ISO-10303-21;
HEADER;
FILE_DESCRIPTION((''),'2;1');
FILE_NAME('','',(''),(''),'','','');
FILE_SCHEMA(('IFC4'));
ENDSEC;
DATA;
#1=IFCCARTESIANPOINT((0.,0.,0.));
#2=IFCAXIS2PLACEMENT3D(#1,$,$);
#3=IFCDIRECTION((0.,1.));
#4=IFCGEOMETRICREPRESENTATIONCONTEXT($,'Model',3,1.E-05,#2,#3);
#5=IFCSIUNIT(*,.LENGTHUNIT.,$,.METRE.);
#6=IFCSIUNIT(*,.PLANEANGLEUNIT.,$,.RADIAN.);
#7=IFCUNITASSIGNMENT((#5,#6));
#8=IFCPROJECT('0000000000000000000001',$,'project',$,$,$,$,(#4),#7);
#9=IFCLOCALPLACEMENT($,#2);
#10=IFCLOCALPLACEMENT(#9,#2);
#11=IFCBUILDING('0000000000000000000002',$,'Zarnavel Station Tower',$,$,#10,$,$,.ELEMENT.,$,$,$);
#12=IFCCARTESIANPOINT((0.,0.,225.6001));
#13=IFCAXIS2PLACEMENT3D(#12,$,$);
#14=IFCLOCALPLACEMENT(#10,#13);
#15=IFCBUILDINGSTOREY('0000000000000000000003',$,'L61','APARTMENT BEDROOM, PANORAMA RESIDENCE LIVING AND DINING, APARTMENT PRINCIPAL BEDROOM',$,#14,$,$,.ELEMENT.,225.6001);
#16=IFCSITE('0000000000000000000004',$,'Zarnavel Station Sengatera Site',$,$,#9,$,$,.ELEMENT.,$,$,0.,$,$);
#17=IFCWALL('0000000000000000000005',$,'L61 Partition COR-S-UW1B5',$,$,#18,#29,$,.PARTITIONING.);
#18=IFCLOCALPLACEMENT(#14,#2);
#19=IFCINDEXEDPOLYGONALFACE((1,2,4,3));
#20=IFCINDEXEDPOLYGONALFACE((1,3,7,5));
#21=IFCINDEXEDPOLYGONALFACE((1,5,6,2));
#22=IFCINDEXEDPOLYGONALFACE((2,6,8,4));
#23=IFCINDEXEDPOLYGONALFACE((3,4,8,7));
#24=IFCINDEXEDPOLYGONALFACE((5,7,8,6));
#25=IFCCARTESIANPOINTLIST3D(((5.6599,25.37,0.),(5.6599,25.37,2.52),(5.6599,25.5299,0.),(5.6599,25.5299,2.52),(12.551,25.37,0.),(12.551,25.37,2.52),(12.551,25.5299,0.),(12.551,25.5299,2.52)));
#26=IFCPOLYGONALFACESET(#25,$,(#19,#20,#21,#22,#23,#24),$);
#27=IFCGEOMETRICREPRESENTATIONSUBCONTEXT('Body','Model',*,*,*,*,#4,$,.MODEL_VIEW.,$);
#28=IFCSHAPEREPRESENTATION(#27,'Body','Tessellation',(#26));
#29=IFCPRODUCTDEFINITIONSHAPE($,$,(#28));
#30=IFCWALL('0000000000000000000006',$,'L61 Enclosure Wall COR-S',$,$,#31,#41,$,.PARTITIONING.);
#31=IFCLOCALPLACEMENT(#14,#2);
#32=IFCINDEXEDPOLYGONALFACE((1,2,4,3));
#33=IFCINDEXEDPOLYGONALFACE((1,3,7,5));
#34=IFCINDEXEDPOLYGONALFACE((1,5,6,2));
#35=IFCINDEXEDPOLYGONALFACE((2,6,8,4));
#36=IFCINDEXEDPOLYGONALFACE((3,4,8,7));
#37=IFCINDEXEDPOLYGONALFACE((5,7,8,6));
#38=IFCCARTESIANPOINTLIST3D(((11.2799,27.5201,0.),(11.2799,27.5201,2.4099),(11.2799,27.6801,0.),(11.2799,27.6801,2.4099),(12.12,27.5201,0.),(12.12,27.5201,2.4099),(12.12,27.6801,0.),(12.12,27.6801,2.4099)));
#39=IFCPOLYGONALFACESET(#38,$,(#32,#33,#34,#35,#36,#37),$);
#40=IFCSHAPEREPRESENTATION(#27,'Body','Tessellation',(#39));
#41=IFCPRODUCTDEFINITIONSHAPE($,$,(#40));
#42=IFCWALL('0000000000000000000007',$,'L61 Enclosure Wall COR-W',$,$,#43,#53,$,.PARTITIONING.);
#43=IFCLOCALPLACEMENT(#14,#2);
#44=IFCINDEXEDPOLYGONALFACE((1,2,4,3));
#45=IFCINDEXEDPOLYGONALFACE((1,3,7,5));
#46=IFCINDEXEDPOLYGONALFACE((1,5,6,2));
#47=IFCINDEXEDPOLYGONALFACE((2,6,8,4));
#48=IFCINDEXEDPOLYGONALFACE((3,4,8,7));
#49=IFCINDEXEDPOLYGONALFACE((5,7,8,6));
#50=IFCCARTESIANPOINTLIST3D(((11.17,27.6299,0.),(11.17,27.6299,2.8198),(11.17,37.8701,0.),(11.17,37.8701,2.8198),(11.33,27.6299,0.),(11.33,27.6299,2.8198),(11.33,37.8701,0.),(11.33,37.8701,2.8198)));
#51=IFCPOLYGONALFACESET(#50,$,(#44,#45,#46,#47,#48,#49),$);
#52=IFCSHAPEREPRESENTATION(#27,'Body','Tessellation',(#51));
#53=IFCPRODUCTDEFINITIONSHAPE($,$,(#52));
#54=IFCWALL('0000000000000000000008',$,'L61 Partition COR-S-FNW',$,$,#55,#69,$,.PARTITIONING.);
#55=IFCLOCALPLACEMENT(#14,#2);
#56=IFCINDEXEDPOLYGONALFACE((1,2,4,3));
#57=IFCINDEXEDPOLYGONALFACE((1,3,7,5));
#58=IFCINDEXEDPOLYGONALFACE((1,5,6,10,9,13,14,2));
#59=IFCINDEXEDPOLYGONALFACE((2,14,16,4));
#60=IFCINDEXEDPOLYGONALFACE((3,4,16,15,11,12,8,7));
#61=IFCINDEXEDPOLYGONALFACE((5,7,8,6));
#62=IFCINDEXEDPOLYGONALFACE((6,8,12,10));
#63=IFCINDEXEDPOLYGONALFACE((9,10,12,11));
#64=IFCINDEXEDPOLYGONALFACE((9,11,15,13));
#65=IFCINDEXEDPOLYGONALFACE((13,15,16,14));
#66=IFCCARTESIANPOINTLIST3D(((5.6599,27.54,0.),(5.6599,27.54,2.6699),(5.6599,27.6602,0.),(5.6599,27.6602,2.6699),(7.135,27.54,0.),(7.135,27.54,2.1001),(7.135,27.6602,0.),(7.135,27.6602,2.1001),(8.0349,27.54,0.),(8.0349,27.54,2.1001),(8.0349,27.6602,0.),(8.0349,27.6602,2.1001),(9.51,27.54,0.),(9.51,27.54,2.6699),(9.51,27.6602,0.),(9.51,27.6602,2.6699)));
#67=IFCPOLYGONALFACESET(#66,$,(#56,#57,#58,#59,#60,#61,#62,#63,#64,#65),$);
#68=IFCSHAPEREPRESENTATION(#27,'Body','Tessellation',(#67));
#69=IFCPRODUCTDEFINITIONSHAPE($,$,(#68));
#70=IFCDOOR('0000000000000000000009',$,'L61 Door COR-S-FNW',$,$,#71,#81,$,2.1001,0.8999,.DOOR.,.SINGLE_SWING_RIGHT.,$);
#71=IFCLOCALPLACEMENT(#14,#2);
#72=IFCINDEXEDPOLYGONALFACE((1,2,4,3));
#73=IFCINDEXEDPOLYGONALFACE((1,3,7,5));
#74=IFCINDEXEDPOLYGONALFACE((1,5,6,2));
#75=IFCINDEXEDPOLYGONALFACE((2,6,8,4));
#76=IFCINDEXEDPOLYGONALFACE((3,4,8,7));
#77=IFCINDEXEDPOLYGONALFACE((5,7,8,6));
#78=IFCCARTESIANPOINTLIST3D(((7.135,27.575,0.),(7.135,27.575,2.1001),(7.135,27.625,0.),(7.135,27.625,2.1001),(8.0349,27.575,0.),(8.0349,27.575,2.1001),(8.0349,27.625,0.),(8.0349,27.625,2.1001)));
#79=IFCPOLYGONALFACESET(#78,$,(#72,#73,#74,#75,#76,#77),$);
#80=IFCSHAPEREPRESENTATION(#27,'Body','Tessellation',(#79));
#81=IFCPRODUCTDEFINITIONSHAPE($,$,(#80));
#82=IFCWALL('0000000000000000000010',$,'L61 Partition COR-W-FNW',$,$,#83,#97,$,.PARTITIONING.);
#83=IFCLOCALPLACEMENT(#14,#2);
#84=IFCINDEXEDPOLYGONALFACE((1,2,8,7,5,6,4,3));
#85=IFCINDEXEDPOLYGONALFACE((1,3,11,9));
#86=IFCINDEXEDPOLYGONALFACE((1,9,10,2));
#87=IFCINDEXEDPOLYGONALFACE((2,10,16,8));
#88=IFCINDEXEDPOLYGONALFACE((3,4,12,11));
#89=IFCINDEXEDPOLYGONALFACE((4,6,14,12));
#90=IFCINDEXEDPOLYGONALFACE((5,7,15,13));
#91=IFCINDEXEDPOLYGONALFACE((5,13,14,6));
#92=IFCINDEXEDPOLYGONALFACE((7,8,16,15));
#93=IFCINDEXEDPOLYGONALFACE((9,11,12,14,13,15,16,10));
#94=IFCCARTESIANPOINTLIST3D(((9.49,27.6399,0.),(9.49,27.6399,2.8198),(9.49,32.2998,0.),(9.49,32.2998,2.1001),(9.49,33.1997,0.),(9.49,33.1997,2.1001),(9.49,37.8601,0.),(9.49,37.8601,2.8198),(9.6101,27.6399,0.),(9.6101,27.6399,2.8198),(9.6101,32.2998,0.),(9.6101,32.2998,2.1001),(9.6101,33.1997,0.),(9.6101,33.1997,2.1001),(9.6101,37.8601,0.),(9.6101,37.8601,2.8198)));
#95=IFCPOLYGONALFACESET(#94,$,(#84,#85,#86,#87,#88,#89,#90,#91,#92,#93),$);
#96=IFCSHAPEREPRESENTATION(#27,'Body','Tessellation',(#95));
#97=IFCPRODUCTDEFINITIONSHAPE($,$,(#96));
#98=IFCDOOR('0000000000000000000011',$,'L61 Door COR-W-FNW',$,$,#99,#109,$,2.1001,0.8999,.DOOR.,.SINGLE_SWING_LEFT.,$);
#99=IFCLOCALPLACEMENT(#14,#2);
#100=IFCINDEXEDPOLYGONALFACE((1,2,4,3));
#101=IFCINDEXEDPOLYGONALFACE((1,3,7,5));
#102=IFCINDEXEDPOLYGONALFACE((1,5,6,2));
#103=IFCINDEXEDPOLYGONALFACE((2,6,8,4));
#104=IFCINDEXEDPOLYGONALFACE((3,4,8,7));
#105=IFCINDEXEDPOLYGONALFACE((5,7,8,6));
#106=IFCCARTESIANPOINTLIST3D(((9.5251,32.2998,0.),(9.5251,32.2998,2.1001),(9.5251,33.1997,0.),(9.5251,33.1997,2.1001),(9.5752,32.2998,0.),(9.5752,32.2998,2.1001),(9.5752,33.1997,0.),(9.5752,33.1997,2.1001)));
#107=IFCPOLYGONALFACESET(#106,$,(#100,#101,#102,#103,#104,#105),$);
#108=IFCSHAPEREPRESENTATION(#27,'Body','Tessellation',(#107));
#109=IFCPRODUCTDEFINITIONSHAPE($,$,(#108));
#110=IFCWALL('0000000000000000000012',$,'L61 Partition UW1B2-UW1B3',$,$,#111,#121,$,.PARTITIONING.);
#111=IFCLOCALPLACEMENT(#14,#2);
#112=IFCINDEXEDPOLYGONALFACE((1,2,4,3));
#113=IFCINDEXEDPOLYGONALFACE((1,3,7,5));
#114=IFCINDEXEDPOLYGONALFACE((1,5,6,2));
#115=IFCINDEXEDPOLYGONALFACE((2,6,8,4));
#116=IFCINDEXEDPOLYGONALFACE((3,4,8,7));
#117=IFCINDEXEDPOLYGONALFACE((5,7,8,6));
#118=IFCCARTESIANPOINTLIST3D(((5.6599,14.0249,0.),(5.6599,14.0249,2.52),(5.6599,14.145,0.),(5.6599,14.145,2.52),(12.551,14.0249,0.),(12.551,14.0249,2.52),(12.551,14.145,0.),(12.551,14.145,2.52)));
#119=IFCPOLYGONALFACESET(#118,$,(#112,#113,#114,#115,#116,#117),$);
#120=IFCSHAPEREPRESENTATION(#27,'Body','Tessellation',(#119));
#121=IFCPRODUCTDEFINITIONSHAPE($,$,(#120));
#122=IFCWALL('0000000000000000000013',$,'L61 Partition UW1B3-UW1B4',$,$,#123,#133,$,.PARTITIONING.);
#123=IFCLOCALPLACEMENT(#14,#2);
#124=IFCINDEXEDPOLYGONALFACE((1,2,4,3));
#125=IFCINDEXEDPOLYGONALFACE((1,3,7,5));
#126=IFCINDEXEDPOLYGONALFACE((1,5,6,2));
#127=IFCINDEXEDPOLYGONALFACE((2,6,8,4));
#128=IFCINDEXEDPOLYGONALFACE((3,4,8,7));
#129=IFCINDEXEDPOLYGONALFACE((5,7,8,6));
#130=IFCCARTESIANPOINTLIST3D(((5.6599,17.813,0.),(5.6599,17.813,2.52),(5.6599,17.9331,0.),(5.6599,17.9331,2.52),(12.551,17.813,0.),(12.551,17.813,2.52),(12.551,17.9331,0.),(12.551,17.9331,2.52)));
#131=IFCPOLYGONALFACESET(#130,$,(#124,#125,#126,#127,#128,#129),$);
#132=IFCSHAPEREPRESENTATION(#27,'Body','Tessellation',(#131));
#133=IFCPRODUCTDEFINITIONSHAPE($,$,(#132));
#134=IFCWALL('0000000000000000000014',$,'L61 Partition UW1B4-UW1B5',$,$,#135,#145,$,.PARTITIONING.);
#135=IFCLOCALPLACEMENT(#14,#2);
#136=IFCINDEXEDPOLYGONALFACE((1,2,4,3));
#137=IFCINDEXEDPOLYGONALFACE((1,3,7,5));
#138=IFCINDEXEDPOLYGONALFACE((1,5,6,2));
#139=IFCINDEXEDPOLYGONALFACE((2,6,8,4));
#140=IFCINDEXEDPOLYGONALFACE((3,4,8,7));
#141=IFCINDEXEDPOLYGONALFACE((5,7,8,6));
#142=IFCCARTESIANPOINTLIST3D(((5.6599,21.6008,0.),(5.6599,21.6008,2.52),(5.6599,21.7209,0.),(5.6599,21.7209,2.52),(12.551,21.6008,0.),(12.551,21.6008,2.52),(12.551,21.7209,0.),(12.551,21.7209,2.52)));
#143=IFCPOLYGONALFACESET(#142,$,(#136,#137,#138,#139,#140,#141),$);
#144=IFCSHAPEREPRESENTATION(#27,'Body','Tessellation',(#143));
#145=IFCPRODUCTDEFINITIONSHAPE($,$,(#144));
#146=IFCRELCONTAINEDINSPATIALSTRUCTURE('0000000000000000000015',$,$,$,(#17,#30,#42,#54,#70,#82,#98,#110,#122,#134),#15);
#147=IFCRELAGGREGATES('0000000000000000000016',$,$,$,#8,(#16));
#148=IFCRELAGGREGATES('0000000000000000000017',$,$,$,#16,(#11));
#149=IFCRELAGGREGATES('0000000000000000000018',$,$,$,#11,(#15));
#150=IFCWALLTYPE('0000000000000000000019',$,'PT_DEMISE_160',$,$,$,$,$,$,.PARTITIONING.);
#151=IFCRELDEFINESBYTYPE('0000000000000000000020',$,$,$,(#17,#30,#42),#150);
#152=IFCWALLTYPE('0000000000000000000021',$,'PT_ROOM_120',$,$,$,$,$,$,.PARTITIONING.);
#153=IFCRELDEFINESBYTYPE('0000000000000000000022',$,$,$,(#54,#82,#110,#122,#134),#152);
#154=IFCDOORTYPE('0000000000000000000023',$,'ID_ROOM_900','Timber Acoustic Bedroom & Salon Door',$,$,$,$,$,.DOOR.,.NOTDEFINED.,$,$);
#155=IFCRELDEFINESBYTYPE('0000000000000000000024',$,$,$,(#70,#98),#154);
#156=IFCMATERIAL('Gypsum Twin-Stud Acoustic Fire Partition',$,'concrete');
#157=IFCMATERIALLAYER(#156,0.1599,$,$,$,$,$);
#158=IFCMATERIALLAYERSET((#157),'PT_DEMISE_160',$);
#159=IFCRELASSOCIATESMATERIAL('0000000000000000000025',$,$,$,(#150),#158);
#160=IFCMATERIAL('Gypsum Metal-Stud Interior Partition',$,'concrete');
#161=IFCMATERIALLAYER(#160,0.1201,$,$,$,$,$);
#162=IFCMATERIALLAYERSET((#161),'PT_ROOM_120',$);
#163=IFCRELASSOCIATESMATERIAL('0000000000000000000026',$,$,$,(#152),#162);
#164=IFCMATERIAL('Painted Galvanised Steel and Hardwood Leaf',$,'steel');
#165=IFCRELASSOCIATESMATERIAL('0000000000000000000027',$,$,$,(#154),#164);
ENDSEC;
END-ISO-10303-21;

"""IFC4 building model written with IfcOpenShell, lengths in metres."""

from ifc_helpers import new_model, si_unit, direction, frame, frame_2d, origin, place, context, subcontext, project, spatial, rectangle, extrude, material, layer, layer_set, type_object, element, fill, save


model = new_model("IFC4")

# Units and contexts
model_context = context("Model", 3, precision=1e-05, world=origin(), true_north=direction((0.0, 1.0)))
body_context = subcontext(model_context, "Body", "Model", "MODEL_VIEW")
ifc_project = project(units=[si_unit("LENGTHUNIT", "METRE"), si_unit("PLANEANGLEUNIT", "RADIAN")], contexts=[model_context])

# Site, building, storey
site_placement = place(None, origin())
site = spatial("IfcSite", under=ifc_project, at=site_placement, Name="Zarnavel Station Sengatera Site", CompositionType="ELEMENT", RefElevation=0.0)
building_placement = place(site_placement, origin())
building = spatial("IfcBuilding", under=site, at=building_placement, Name="Zarnavel Station Tower", CompositionType="ELEMENT")
storey_placement = place(building_placement, frame((0.0, 0.0, 225.6001)))
storey = spatial("IfcBuildingStorey", under=building, at=storey_placement, Name="L61", Description="APARTMENT BEDROOM, PANORAMA RESIDENCE LIVING AND DINING, APARTMENT PRINCIPAL BEDROOM", CompositionType="ELEMENT", Elevation=225.6001)

# Walls
ifc_material_1 = material(Name="Gypsum Twin-Stud Acoustic Fire Partition", Category="concrete")
ifc_layer_1 = layer(ifc_material_1, 0.1599)
ifc_layer_set_1 = layer_set([ifc_layer_1], Name="PT_DEMISE_160")
wall_type_1 = type_object("IfcWallType", Name="PT_DEMISE_160", PredefinedType="PARTITIONING", material=ifc_layer_set_1)
wall_1_placement = place(storey_placement, frame((5.6599, 25.45, 0.0), z_axis=(0.0, 0.0, 1.0), x_axis=(1.0, 0.0, 0.0)))
element("IfcWall", 1, at=wall_1_placement, inside=storey, type_object=wall_type_1, Name="L61 Partition COR-S-UW1B5", PredefinedType="PARTITIONING", context=body_context, shape_type="SweptSolid", body=[
    extrude(rectangle(XDim=6.8911, YDim=0.1599, at=frame_2d((3.4456, 0.0))), origin(), (0.0, 0.0, 1.0), 2.52),
])
wall_2_placement = place(storey_placement, frame((11.28, 27.6001, 0.0), z_axis=(0.0, 0.0, 1.0), x_axis=(1.0, 0.0, 0.0)))
element("IfcWall", 2, at=wall_2_placement, inside=storey, type_object=wall_type_1, Name="L61 Enclosure Wall COR-S", PredefinedType="PARTITIONING", context=body_context, shape_type="SweptSolid", body=[
    extrude(rectangle(XDim=0.8401, YDim=0.1599, at=frame_2d((0.4199, 0.0))), origin(), (0.0, 0.0, 1.0), 2.4099),
])
wall_3_placement = place(storey_placement, frame((11.25, 27.6299, 0.0), z_axis=(0.0, 0.0, 1.0), x_axis=(0.0, 1.0, 0.0)))
element("IfcWall", 3, at=wall_3_placement, inside=storey, type_object=wall_type_1, Name="L61 Enclosure Wall COR-W", PredefinedType="PARTITIONING", context=body_context, shape_type="SweptSolid", body=[
    extrude(rectangle(XDim=10.2402, YDim=0.1599, at=frame_2d((5.1201, 0.0))), origin(), (0.0, 0.0, 1.0), 2.8198),
])

# Walls, openings, doors
ifc_material_2 = material(Name="Gypsum Metal-Stud Interior Partition", Category="concrete")
ifc_layer_2 = layer(ifc_material_2, 0.1201)
ifc_layer_set_2 = layer_set([ifc_layer_2], Name="PT_ROOM_120")
wall_type_2 = type_object("IfcWallType", Name="PT_ROOM_120", PredefinedType="PARTITIONING", material=ifc_layer_set_2)
wall_4_placement = place(storey_placement, frame((5.6599, 27.6001, 0.0), z_axis=(0.0, 0.0, 1.0), x_axis=(1.0, 0.0, 0.0)))
wall_4 = element("IfcWall", 4, at=wall_4_placement, inside=storey, type_object=wall_type_2, Name="L61 Partition COR-S-FNW", PredefinedType="PARTITIONING", context=body_context, shape_type="SweptSolid", body=[
    extrude(rectangle(XDim=3.8501, YDim=0.1201, at=frame_2d((1.925, 0.0))), origin(), (0.0, 0.0, 1.0), 2.6699),
])
opening_1_placement = place(wall_4_placement, frame((1.4751, 0.0, 0.0)))
opening_1 = element("IfcOpeningElement", 5, at=opening_1_placement, cuts=wall_4, PredefinedType="OPENING", context=body_context, shape_type="SweptSolid", body=[
    extrude(rectangle(XDim=0.8999, YDim=2.1001, at=frame_2d((0.45, 1.05))), frame((0.0, 0.0701, 0.0), z_axis=(0.0, -1.0, 0.0), x_axis=(1.0, 0.0, 0.0)), (0.0, 0.0, 1.0), 0.1401),
])
ifc_material_3 = material(Name="Painted Galvanised Steel and Hardwood Leaf", Category="steel")
door_type = type_object("IfcDoorType", Name="ID_ROOM_900", Description="Timber Acoustic Bedroom & Salon Door", OperationType="NOTDEFINED", PredefinedType="DOOR", material=ifc_material_3)
door_1_placement = place(opening_1_placement, origin())
door_1 = element("IfcDoor", 6, at=door_1_placement, inside=storey, type_object=door_type, Name="L61 Door COR-S-FNW", OperationType="SINGLE_SWING_RIGHT", OverallHeight=2.1001, OverallWidth=0.8999, PredefinedType="DOOR", context=body_context, shape_type="SweptSolid", body=[
    extrude(rectangle(XDim=0.8999, YDim=2.1001, at=frame_2d((0.45, 1.05))), frame((0.0, 0.0249, 0.0), z_axis=(0.0, -1.0, 0.0), x_axis=(1.0, 0.0, 0.0)), (0.0, 0.0, 1.0), 0.05),
])
fill(opening_1, door_1)
wall_5_placement = place(storey_placement, frame((9.55, 27.6399, 0.0), z_axis=(0.0, 0.0, 1.0), x_axis=(0.0, 1.0, 0.0)))
wall_5 = element("IfcWall", 7, at=wall_5_placement, inside=storey, type_object=wall_type_2, Name="L61 Partition COR-W-FNW", PredefinedType="PARTITIONING", context=body_context, shape_type="SweptSolid", body=[
    extrude(rectangle(XDim=10.2202, YDim=0.1201, at=frame_2d((5.1101, 0.0))), origin(), (0.0, 0.0, 1.0), 2.8198),
])
opening_2_placement = place(wall_5_placement, frame((4.6599, 0.0, 0.0)))
opening_2 = element("IfcOpeningElement", 8, at=opening_2_placement, cuts=wall_5, PredefinedType="OPENING", context=body_context, shape_type="SweptSolid", body=[
    extrude(rectangle(XDim=0.8999, YDim=2.1001, at=frame_2d((0.45, 1.05))), frame((0.0, 0.0701, 0.0), z_axis=(0.0, -1.0, 0.0), x_axis=(1.0, 0.0, 0.0)), (0.0, 0.0, 1.0), 0.1401),
])
door_2_placement = place(opening_2_placement, origin())
door_2 = element("IfcDoor", 9, at=door_2_placement, inside=storey, type_object=door_type, Name="L61 Door COR-W-FNW", OperationType="SINGLE_SWING_LEFT", OverallHeight=2.1001, OverallWidth=0.8999, PredefinedType="DOOR", context=body_context, shape_type="SweptSolid", body=[
    extrude(rectangle(XDim=0.8999, YDim=2.1001, at=frame_2d((0.45, 1.05))), frame((0.0, 0.0249, 0.0), z_axis=(0.0, -1.0, 0.0), x_axis=(1.0, 0.0, 0.0)), (0.0, 0.0, 1.0), 0.05),
])
fill(opening_2, door_2)

# Walls
for number, where, z_axis, x_axis, name in (
    (10, (5.6599, 14.085, 0.0), (0.0, 0.0, 1.0), (1.0, 0.0, 0.0), "L61 Partition UW1B2-UW1B3"),
    (11, (5.6599, 17.873, 0.0), (0.0, 0.0, 1.0), (1.0, 0.0, 0.0), "L61 Partition UW1B3-UW1B4"),
    (12, (5.6599, 21.6609, 0.0), (0.0, 0.0, 1.0), (1.0, 0.0, 0.0), "L61 Partition UW1B4-UW1B5"),
):
    element("IfcWall", number, at=place(storey_placement, frame(where, z_axis=z_axis, x_axis=x_axis)), inside=storey, type_object=wall_type_2, Name=name, PredefinedType="PARTITIONING", context=body_context, shape_type="SweptSolid", body=[
        extrude(rectangle(XDim=6.8911, YDim=0.1201, at=frame_2d((3.4456, 0.0))), origin(), (0.0, 0.0, 1.0), 2.52),
    ])

save(model, "model.ifc")
